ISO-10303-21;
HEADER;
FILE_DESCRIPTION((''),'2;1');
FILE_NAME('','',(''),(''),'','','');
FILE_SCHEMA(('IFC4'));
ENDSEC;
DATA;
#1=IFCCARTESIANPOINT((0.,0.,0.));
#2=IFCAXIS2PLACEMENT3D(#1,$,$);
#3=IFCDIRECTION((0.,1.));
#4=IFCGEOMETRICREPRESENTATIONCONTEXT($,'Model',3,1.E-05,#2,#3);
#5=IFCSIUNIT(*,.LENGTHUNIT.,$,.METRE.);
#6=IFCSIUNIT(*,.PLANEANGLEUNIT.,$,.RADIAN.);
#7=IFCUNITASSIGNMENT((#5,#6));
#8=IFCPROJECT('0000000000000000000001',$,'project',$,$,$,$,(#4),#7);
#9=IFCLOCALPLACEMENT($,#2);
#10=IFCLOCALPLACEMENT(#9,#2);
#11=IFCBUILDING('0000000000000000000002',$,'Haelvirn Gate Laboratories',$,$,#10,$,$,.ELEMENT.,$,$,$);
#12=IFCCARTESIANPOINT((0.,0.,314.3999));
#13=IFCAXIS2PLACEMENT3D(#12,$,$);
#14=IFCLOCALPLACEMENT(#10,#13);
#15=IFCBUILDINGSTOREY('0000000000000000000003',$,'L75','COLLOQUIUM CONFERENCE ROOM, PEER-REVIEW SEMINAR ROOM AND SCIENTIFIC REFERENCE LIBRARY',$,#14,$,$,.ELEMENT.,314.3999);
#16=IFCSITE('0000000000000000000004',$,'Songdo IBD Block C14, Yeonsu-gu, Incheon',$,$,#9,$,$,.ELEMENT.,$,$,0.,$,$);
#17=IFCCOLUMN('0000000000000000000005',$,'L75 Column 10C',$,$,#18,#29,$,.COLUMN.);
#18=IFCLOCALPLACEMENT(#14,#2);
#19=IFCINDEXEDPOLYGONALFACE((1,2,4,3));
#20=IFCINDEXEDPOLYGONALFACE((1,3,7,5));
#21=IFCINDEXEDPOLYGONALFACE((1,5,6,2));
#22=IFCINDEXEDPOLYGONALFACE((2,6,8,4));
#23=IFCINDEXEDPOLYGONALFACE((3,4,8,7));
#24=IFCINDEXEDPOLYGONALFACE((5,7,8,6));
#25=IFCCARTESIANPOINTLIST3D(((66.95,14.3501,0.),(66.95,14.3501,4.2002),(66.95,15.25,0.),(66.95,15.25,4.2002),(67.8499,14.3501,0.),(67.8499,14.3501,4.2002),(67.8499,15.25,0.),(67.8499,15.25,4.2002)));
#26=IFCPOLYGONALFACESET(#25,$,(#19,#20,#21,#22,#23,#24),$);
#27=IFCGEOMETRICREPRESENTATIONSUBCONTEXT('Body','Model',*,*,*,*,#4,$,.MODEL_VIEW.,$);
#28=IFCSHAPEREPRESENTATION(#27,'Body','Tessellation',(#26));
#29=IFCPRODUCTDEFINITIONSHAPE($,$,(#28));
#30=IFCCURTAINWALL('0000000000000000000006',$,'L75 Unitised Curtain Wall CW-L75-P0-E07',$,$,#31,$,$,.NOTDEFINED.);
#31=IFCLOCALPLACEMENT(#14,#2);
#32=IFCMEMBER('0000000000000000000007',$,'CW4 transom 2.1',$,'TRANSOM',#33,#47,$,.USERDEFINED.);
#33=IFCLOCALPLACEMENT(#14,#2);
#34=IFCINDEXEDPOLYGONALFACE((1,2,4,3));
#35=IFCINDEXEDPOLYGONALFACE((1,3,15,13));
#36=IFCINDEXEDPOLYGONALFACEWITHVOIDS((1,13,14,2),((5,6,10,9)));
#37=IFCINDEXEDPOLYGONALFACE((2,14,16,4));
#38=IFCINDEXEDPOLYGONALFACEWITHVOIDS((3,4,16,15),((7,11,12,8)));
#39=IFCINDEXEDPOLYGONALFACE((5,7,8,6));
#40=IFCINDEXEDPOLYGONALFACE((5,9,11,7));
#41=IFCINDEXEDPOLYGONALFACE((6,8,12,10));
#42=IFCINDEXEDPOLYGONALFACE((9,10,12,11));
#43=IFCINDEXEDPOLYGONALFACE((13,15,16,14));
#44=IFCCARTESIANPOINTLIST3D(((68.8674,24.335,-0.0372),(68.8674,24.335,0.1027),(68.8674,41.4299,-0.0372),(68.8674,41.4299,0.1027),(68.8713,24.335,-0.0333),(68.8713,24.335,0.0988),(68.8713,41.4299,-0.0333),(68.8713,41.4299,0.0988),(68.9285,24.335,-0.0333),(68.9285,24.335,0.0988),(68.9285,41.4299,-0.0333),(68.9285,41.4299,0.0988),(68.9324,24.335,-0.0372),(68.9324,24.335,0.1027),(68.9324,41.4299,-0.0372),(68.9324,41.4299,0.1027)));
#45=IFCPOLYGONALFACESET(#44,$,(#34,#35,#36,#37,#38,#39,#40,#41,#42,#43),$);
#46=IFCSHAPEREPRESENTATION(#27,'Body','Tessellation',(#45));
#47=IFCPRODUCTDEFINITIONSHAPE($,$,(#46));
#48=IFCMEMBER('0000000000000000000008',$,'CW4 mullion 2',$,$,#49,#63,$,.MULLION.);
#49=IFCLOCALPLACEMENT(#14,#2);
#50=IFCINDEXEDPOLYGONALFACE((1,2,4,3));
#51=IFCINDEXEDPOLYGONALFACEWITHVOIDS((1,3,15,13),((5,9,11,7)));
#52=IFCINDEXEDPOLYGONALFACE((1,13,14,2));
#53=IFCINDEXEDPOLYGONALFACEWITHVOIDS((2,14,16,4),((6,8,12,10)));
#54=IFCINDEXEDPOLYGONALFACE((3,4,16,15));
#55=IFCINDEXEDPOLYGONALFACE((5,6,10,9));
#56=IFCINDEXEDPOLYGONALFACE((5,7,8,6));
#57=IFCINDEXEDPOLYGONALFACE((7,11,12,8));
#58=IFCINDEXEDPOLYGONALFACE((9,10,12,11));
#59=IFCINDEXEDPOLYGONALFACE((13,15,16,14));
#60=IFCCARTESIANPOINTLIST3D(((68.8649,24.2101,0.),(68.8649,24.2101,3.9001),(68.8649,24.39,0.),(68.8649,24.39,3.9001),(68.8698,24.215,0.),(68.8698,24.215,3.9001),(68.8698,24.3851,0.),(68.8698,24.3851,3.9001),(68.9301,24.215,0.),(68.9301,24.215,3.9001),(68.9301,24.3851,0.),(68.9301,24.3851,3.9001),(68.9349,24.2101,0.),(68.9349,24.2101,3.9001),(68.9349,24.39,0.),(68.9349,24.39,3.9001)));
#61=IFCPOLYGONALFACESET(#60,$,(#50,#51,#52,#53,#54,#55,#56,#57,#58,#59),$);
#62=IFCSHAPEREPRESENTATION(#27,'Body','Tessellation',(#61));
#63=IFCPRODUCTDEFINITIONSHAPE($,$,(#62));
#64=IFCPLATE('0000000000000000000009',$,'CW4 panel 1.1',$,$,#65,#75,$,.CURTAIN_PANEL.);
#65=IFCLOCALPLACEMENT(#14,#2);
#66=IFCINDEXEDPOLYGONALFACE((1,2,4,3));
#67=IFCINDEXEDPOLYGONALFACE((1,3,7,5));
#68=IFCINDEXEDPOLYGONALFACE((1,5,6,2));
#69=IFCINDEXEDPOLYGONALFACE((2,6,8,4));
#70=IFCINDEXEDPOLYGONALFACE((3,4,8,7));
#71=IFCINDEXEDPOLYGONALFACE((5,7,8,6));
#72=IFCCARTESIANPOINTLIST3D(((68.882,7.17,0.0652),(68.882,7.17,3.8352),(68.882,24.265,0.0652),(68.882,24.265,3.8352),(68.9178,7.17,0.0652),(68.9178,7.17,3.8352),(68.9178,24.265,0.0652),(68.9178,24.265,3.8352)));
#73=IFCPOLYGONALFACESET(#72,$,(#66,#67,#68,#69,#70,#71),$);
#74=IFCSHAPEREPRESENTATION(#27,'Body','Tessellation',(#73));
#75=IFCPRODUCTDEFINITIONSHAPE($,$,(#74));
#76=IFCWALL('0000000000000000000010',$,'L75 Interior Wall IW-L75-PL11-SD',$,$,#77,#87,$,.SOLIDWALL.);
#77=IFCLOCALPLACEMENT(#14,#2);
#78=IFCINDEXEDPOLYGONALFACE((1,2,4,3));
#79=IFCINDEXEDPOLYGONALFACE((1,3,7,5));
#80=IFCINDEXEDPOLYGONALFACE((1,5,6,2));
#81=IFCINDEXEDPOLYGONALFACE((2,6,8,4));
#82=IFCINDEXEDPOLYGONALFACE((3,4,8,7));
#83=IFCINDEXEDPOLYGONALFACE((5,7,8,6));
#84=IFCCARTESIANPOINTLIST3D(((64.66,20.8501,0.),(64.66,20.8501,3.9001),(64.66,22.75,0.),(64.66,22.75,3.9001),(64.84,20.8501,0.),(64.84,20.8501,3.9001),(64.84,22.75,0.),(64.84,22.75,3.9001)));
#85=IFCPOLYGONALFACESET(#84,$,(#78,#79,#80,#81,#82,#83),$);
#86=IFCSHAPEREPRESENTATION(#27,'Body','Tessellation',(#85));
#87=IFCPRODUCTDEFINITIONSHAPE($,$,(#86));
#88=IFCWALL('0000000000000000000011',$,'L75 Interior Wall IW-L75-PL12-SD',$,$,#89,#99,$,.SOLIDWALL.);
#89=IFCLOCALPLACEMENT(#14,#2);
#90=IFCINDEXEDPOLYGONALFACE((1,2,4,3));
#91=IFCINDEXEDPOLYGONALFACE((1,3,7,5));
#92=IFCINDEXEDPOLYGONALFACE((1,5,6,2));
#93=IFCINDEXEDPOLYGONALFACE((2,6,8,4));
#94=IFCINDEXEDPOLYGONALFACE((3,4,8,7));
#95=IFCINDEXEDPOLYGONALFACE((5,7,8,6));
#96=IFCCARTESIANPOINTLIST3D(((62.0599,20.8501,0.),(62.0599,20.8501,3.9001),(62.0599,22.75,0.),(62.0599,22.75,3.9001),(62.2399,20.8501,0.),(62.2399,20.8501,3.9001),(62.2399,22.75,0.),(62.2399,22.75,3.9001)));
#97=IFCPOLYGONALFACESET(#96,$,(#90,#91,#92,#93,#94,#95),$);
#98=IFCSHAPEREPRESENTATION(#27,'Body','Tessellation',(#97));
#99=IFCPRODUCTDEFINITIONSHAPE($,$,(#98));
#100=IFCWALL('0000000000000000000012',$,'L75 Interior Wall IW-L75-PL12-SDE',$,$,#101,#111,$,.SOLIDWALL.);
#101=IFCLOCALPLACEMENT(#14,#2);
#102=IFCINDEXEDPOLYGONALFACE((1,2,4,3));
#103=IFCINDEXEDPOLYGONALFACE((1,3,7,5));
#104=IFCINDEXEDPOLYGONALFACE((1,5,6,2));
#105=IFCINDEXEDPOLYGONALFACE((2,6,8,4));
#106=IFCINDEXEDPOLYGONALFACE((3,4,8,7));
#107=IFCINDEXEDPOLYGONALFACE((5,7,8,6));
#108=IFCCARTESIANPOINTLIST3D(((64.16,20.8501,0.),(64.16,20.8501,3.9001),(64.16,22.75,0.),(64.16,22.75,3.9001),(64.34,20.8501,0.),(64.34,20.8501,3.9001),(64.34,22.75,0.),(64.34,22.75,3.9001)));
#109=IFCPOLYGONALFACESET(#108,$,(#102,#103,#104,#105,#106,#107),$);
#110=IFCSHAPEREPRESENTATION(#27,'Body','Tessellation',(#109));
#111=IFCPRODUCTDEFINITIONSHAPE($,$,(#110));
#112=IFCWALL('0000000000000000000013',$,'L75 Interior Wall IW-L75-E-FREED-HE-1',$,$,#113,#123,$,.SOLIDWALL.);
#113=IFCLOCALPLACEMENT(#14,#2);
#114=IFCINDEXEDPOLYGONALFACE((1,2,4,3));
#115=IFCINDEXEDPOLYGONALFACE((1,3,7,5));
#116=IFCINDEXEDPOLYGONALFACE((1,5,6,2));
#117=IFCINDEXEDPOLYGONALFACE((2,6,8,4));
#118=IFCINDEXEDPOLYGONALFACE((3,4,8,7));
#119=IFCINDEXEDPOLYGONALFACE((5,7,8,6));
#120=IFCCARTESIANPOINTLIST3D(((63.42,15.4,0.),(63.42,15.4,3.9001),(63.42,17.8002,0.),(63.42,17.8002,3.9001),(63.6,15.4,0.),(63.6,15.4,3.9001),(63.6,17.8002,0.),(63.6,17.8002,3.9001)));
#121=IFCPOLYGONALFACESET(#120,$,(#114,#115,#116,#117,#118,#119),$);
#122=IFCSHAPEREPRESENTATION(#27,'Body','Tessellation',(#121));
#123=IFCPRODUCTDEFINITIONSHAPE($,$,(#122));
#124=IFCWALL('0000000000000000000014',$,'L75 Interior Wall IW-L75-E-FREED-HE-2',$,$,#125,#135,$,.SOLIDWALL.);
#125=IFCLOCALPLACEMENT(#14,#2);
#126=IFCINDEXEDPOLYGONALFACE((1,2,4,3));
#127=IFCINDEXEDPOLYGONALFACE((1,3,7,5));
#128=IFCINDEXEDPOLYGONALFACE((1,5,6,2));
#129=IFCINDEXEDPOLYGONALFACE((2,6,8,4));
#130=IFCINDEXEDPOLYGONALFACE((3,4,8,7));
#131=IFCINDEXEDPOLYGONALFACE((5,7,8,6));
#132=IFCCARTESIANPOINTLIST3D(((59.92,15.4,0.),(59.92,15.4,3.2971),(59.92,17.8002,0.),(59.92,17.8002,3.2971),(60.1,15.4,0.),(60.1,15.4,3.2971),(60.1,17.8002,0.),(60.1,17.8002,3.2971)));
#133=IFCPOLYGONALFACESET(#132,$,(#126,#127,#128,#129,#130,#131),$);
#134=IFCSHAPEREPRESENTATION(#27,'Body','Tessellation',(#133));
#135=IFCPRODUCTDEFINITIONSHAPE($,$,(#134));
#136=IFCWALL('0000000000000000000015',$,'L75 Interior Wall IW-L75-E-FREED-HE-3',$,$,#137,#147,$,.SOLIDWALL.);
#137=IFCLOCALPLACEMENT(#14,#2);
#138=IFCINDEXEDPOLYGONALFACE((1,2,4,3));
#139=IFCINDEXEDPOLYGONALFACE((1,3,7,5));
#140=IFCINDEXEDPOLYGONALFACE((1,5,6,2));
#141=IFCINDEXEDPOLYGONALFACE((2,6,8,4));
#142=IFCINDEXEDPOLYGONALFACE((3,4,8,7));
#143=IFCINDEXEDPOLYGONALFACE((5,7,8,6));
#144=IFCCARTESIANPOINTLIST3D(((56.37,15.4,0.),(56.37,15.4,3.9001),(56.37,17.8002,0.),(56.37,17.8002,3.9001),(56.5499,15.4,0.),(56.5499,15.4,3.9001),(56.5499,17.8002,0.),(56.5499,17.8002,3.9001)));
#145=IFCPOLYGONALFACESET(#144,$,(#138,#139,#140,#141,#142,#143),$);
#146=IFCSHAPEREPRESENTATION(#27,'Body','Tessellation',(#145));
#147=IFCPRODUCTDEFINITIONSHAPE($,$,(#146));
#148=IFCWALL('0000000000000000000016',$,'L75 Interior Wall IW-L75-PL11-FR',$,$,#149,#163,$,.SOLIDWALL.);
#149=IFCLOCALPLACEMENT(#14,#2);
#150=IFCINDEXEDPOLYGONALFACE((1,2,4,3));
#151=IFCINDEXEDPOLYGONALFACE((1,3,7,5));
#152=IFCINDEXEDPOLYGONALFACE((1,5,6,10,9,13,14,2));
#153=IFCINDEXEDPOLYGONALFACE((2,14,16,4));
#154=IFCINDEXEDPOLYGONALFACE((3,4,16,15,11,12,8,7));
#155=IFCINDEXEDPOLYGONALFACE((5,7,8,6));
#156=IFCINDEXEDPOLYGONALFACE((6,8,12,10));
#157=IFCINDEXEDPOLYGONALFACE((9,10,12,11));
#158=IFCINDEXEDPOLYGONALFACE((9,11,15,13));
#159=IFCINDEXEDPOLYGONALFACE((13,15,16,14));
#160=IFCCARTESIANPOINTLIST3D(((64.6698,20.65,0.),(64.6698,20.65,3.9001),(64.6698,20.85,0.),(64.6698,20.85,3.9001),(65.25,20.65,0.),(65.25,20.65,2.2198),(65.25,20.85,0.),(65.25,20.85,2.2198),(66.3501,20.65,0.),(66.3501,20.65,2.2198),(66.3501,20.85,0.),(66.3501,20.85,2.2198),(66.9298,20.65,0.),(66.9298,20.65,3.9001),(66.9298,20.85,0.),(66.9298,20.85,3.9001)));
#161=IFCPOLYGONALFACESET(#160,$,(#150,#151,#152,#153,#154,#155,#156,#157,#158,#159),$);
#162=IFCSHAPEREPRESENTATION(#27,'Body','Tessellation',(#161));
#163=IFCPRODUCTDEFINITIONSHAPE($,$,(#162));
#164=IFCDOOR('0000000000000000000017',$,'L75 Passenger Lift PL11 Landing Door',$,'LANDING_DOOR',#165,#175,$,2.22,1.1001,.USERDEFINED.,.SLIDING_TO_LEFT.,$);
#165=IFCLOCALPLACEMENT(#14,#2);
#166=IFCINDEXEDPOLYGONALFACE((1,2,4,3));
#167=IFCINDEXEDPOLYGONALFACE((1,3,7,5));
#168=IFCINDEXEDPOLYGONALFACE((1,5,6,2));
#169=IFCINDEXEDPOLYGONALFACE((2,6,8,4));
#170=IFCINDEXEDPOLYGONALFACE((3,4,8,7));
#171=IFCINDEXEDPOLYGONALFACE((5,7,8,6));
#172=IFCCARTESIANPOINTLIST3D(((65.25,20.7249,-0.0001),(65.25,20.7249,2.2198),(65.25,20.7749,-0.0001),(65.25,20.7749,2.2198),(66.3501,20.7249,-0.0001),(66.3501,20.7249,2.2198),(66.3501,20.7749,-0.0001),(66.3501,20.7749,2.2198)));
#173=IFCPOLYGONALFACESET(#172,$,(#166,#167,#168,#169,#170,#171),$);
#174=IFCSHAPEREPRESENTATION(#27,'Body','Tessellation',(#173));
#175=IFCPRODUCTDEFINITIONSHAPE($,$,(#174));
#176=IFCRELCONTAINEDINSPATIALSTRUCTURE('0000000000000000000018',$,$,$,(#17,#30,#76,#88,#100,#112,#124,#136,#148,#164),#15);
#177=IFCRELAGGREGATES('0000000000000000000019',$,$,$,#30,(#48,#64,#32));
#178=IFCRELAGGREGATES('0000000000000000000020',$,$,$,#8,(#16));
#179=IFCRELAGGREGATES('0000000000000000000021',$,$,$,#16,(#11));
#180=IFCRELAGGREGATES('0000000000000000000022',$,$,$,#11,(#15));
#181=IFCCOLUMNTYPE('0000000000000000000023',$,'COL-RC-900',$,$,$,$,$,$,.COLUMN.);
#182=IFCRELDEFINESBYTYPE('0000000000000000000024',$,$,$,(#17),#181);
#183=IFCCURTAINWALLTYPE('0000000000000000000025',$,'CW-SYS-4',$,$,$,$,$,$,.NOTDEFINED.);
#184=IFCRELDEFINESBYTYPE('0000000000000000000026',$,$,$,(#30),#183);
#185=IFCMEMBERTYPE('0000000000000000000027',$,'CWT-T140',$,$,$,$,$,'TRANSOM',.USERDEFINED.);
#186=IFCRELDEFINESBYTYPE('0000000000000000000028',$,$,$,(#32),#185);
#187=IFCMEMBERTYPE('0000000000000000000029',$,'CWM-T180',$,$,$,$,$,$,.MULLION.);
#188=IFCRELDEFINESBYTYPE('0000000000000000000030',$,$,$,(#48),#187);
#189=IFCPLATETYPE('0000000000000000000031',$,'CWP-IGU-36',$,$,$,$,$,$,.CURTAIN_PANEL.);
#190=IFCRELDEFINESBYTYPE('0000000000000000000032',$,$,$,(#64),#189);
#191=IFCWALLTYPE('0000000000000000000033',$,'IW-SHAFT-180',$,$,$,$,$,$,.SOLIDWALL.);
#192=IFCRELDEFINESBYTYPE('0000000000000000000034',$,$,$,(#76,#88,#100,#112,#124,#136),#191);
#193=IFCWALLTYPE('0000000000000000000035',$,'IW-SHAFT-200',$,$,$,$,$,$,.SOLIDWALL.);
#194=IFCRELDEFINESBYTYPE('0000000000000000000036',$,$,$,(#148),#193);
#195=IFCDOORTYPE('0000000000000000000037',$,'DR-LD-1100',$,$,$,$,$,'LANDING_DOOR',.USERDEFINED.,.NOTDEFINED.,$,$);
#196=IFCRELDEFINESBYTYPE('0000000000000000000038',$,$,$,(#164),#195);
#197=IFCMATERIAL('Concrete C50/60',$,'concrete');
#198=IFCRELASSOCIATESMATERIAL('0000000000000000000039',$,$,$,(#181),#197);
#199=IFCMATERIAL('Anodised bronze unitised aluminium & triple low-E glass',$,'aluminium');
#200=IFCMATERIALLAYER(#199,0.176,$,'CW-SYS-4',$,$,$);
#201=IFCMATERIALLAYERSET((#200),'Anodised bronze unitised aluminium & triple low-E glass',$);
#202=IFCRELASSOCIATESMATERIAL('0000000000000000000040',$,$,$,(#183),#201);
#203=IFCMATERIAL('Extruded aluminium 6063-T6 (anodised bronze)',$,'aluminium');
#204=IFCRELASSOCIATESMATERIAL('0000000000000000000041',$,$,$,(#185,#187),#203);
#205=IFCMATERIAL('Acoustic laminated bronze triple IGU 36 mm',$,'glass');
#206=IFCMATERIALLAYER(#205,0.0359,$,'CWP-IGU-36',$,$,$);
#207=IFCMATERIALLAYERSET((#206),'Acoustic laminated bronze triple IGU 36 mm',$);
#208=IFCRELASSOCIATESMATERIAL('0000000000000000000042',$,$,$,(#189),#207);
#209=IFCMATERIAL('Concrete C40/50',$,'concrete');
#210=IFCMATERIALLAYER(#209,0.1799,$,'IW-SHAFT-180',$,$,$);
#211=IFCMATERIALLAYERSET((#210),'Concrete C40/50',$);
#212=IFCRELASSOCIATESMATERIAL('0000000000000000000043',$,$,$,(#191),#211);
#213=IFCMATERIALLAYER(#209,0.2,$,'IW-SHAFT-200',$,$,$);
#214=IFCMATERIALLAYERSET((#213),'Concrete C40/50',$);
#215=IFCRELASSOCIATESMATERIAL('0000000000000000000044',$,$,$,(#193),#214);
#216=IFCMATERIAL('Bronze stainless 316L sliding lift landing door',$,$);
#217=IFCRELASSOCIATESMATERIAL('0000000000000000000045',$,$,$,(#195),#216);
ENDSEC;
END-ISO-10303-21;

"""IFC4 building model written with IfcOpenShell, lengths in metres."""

from ifc_helpers import new_model, si_unit, direction, frame, frame_2d, origin, origin_2d, place, context, subcontext, project, spatial, rectangle, hollow_rectangle, extrude, source, transform, mapped, material, layer, layer_set, material_profile, profile_set, type_object, type_shapes, element, fill, aggregate, save


model = new_model("IFC4")

# Units and contexts
model_context = context("Model", 3, precision=1e-05, world=origin(), true_north=direction((0.0, 1.0)))
body_context = subcontext(model_context, "Body", "Model", "MODEL_VIEW")
ifc_project = project(units=[si_unit("LENGTHUNIT", "METRE"), si_unit("PLANEANGLEUNIT", "RADIAN")], contexts=[model_context])

# Site, building, storey
site_placement = place(None, origin())
site = spatial("IfcSite", under=ifc_project, at=site_placement, Name="Songdo IBD Block C14, Yeonsu-gu, Incheon", CompositionType="ELEMENT", RefElevation=0.0)
building_placement = place(site_placement, origin())
building = spatial("IfcBuilding", under=site, at=building_placement, Name="Haelvirn Gate Laboratories", CompositionType="ELEMENT")
storey_placement = place(building_placement, frame((0.0, 0.0, 314.3999)))
storey = spatial("IfcBuildingStorey", under=building, at=storey_placement, Name="L75", Description="COLLOQUIUM CONFERENCE ROOM, PEER-REVIEW SEMINAR ROOM AND SCIENTIFIC REFERENCE LIBRARY", CompositionType="ELEMENT", Elevation=314.3999)

# Column
ifc_material_1 = material(Name="Concrete C50/60", Category="concrete")
ifc_material_profile_1 = material_profile(ifc_material_1, rectangle(XDim=0.8999, YDim=0.8999, at=origin_2d()), Name="RC-900x900")
ifc_profile_set_1 = profile_set([ifc_material_profile_1], Name="Concrete C50/60")
column_type = type_object("IfcColumnType", Name="COL-RC-900", PredefinedType="COLUMN", material=ifc_profile_set_1)
shared_shape_1 = source(origin(), body_context, "Body", "SweptSolid", [
    extrude(rectangle(XDim=0.8999, YDim=0.8999, at=origin_2d()), origin(), (0.0, 0.0, 1.0), 4.2002),
])
type_shapes(column_type, [shared_shape_1])
column_placement = place(storey_placement, frame((67.3999, 14.8, 0.0), z_axis=(0.0, 0.0, 1.0), x_axis=(1.0, 0.0, 0.0)))
element("IfcColumn", 1, at=column_placement, inside=storey, type_object=column_type, Name="L75 Column 10C", PredefinedType="COLUMN", context=body_context, shape_type="MappedRepresentation", body=[
    mapped(shared_shape_1, transform((0.0, 0.0, 0.0), scale=1.0)),
])

# Curtain wall, members, plate
ifc_material_2 = material(Name="Anodised bronze unitised aluminium & triple low-E glass", Category="aluminium")
ifc_layer_1 = layer(ifc_material_2, 0.176, Name="CW-SYS-4")
ifc_layer_set_1 = layer_set([ifc_layer_1], Name="Anodised bronze unitised aluminium & triple low-E glass")
curtain_wall_type = type_object("IfcCurtainWallType", Name="CW-SYS-4", PredefinedType="NOTDEFINED", material=ifc_layer_set_1)
curtain_wall_placement = place(storey_placement, origin())
curtain_wall = element("IfcCurtainWall", 2, at=curtain_wall_placement, inside=storey, type_object=curtain_wall_type, Name="L75 Unitised Curtain Wall CW-L75-P0-E07", PredefinedType="NOTDEFINED")
ifc_material_3 = material(Name="Extruded aluminium 6063-T6 (anodised bronze)", Category="aluminium")
ifc_material_profile_2 = material_profile(ifc_material_3, hollow_rectangle(XDim=0.0649, YDim=0.1399, WallThickness=0.0039, at=origin_2d()), Name="CWT-140x65x4")
ifc_profile_set_2 = profile_set([ifc_material_profile_2], Name="Extruded aluminium 6063-T6 (anodised bronze)")
member_type_1 = type_object("IfcMemberType", Name="CWT-T140", ElementType="TRANSOM", PredefinedType="USERDEFINED", material=ifc_profile_set_2)
shared_shape_2 = source(origin(), body_context, "Body", "SweptSolid", [
    extrude(hollow_rectangle(XDim=0.0649, YDim=0.1399, WallThickness=0.0039, at=origin_2d()), origin(), (0.0, 0.0, 1.0), 17.095),
])
type_shapes(member_type_1, [shared_shape_2])
member_1_placement = place(storey_placement, frame((68.8999, 24.335, 0.0327), z_axis=(0.0, 1.0, 0.0), x_axis=(-1.0, 0.0, 0.0)))
member_1 = element("IfcMember", 3, at=member_1_placement, type_object=member_type_1, Name="CW4 transom 2.1", ObjectType="TRANSOM", PredefinedType="USERDEFINED", context=body_context, shape_type="MappedRepresentation", body=[
    mapped(shared_shape_2, transform((0.0, 0.0, 0.0), scale=1.0)),
])
ifc_material_profile_3 = material_profile(ifc_material_3, hollow_rectangle(XDim=0.0701, YDim=0.1799, WallThickness=0.0049, at=origin_2d()), Name="CWM-180x70x5")
ifc_profile_set_3 = profile_set([ifc_material_profile_3], Name="Extruded aluminium 6063-T6 (anodised bronze)")
member_type_2 = type_object("IfcMemberType", Name="CWM-T180", PredefinedType="MULLION", material=ifc_profile_set_3)
shared_shape_3 = source(origin(), body_context, "Body", "SweptSolid", [
    extrude(hollow_rectangle(XDim=0.0701, YDim=0.1799, WallThickness=0.0049, at=origin_2d()), origin(), (0.0, 0.0, 1.0), 3.9001),
])
type_shapes(member_type_2, [shared_shape_3])
member_2_placement = place(storey_placement, frame((68.8999, 24.3, 0.0), z_axis=(0.0, 0.0, 1.0), x_axis=(-1.0, 0.0, 0.0)))
member_2 = element("IfcMember", 4, at=member_2_placement, type_object=member_type_2, Name="CW4 mullion 2", PredefinedType="MULLION", context=body_context, shape_type="MappedRepresentation", body=[
    mapped(shared_shape_3, transform((0.0, 0.0, 0.0), scale=1.0)),
])
ifc_material_4 = material(Name="Acoustic laminated bronze triple IGU 36 mm", Category="glass")
ifc_layer_2 = layer(ifc_material_4, 0.0359, Name="CWP-IGU-36")
ifc_layer_set_2 = layer_set([ifc_layer_2], Name="Acoustic laminated bronze triple IGU 36 mm")
plate_type = type_object("IfcPlateType", Name="CWP-IGU-36", PredefinedType="CURTAIN_PANEL", material=ifc_layer_set_2)
shared_shape_4 = source(origin(), body_context, "Body", "SweptSolid", [
    extrude(rectangle(XDim=17.095, YDim=0.0359, at=origin_2d()), origin(), (0.0, 0.0, 1.0), 3.77),
])
type_shapes(plate_type, [shared_shape_4])
plate_placement = place(storey_placement, frame((68.8999, 15.7175, 0.0652), z_axis=(0.0, 0.0, 1.0), x_axis=(0.0, 1.0, 0.0)))
plate = element("IfcPlate", 5, at=plate_placement, type_object=plate_type, Name="CW4 panel 1.1", PredefinedType="CURTAIN_PANEL", context=body_context, shape_type="MappedRepresentation", body=[
    mapped(shared_shape_4, transform((0.0, 0.0, 0.0), scale=1.0)),
])
aggregate(curtain_wall, [member_2, plate, member_1])

# Walls
ifc_material_5 = material(Name="Concrete C40/50", Category="concrete")
ifc_layer_3 = layer(ifc_material_5, 0.1799, Name="IW-SHAFT-180")
ifc_layer_set_3 = layer_set([ifc_layer_3], Name="Concrete C40/50")
wall_type_1 = type_object("IfcWallType", Name="IW-SHAFT-180", PredefinedType="SOLIDWALL", material=ifc_layer_set_3)
for number, where, z_axis, x_axis, name in (
    (6, (64.75, 20.8501, 0.0), (0.0, 0.0, 1.0), (0.0, 1.0, 0.0), "L75 Interior Wall IW-L75-PL11-SD"),
    (7, (62.1499, 20.8501, 0.0), (0.0, 0.0, 1.0), (0.0, 1.0, 0.0), "L75 Interior Wall IW-L75-PL12-SD"),
    (8, (64.25, 20.8501, 0.0), (0.0, 0.0, 1.0), (0.0, 1.0, 0.0), "L75 Interior Wall IW-L75-PL12-SDE"),
):
    element("IfcWall", number, at=place(storey_placement, frame(where, z_axis=z_axis, x_axis=x_axis)), inside=storey, type_object=wall_type_1, Name=name, PredefinedType="SOLIDWALL", context=body_context, shape_type="SweptSolid", body=[
        extrude(rectangle(XDim=1.8999, YDim=0.1799, at=frame_2d((0.95, 0.0))), origin(), (0.0, 0.0, 1.0), 3.9001),
    ])

# Wall
wall_1_placement = place(storey_placement, frame((63.51, 15.3999, 0.0), z_axis=(0.0, 0.0, 1.0), x_axis=(0.0, 1.0, 0.0)))
element("IfcWall", 9, at=wall_1_placement, inside=storey, type_object=wall_type_1, Name="L75 Interior Wall IW-L75-E-FREED-HE-1", PredefinedType="SOLIDWALL", context=body_context, shape_type="SweptSolid", body=[
    extrude(rectangle(XDim=2.4001, YDim=0.1799, at=frame_2d((1.2002, 0.0))), origin(), (0.0, 0.0, 1.0), 3.9001),
])

# Wall
wall_2_placement = place(storey_placement, frame((60.01, 15.3999, 0.0), z_axis=(0.0, 0.0, 1.0), x_axis=(0.0, 1.0, 0.0)))
element("IfcWall", 10, at=wall_2_placement, inside=storey, type_object=wall_type_1, Name="L75 Interior Wall IW-L75-E-FREED-HE-2", PredefinedType="SOLIDWALL", context=body_context, shape_type="SweptSolid", body=[
    extrude(rectangle(XDim=2.4001, YDim=0.1799, at=frame_2d((1.2002, 0.0))), origin(), (0.0, 0.0, 1.0), 3.2971),
])

# Wall
wall_3_placement = place(storey_placement, frame((56.46, 15.3999, 0.0), z_axis=(0.0, 0.0, 1.0), x_axis=(0.0, 1.0, 0.0)))
element("IfcWall", 11, at=wall_3_placement, inside=storey, type_object=wall_type_1, Name="L75 Interior Wall IW-L75-E-FREED-HE-3", PredefinedType="SOLIDWALL", context=body_context, shape_type="SweptSolid", body=[
    extrude(rectangle(XDim=2.4001, YDim=0.1799, at=frame_2d((1.2002, 0.0))), origin(), (0.0, 0.0, 1.0), 3.9001),
])

# Wall, opening, door
ifc_layer_4 = layer(ifc_material_5, 0.2, Name="IW-SHAFT-200")
ifc_layer_set_4 = layer_set([ifc_layer_4], Name="Concrete C40/50")
wall_type_2 = type_object("IfcWallType", Name="IW-SHAFT-200", PredefinedType="SOLIDWALL", material=ifc_layer_set_4)
wall_4_placement = place(storey_placement, frame((64.6699, 20.75, 0.0), z_axis=(0.0, 0.0, 1.0), x_axis=(1.0, 0.0, 0.0)))
wall_4 = element("IfcWall", 12, at=wall_4_placement, inside=storey, type_object=wall_type_2, Name="L75 Interior Wall IW-L75-PL11-FR", PredefinedType="SOLIDWALL", context=body_context, shape_type="SweptSolid", body=[
    extrude(rectangle(XDim=2.26, YDim=0.2, at=frame_2d((1.1299, 0.0))), origin(), (0.0, 0.0, 1.0), 3.9001),
])
opening_1_placement = place(wall_4_placement, frame((0.5801, 0.0, 0.0)))
opening_1 = element("IfcOpeningElement", 13, at=opening_1_placement, cuts=wall_4, PredefinedType="OPENING", context=body_context, shape_type="SweptSolid", body=[
    extrude(rectangle(XDim=1.1001, YDim=2.22, at=frame_2d((0.55, 1.1099))), frame((0.0, 0.1099, 0.0), z_axis=(0.0, -1.0, 0.0), x_axis=(1.0, 0.0, 0.0)), (0.0, 0.0, 1.0), 0.22),
])
ifc_material_6 = material(Name="Bronze stainless 316L sliding lift landing door")
door_type_1 = type_object("IfcDoorType", Name="DR-LD-1100", ElementType="LANDING_DOOR", OperationType="NOTDEFINED", PredefinedType="USERDEFINED", material=ifc_material_6)
shared_shape_5 = source(origin(), body_context, "Body", "SweptSolid", [
    extrude(rectangle(XDim=1.1001, YDim=2.22, at=frame_2d((0.55, 1.1099))), frame((0.0, 0.0249, 0.0), z_axis=(0.0, -1.0, 0.0), x_axis=(1.0, 0.0, 0.0)), (0.0, 0.0, 1.0), 0.05),
])
type_shapes(door_type_1, [shared_shape_5])
door_1_placement = place(opening_1_placement, origin())
door_1 = element("IfcDoor", 14, at=door_1_placement, inside=storey, type_object=door_type_1, Name="L75 Passenger Lift PL11 Landing Door", ObjectType="LANDING_DOOR", OperationType="SLIDING_TO_LEFT", OverallHeight=2.22, OverallWidth=1.1001, PredefinedType="USERDEFINED", context=body_context, shape_type="MappedRepresentation", body=[
    mapped(shared_shape_5, transform((0.0, 0.0, 0.0), scale=1.0)),
])
fill(opening_1, door_1)

save(model, "model.ifc")
